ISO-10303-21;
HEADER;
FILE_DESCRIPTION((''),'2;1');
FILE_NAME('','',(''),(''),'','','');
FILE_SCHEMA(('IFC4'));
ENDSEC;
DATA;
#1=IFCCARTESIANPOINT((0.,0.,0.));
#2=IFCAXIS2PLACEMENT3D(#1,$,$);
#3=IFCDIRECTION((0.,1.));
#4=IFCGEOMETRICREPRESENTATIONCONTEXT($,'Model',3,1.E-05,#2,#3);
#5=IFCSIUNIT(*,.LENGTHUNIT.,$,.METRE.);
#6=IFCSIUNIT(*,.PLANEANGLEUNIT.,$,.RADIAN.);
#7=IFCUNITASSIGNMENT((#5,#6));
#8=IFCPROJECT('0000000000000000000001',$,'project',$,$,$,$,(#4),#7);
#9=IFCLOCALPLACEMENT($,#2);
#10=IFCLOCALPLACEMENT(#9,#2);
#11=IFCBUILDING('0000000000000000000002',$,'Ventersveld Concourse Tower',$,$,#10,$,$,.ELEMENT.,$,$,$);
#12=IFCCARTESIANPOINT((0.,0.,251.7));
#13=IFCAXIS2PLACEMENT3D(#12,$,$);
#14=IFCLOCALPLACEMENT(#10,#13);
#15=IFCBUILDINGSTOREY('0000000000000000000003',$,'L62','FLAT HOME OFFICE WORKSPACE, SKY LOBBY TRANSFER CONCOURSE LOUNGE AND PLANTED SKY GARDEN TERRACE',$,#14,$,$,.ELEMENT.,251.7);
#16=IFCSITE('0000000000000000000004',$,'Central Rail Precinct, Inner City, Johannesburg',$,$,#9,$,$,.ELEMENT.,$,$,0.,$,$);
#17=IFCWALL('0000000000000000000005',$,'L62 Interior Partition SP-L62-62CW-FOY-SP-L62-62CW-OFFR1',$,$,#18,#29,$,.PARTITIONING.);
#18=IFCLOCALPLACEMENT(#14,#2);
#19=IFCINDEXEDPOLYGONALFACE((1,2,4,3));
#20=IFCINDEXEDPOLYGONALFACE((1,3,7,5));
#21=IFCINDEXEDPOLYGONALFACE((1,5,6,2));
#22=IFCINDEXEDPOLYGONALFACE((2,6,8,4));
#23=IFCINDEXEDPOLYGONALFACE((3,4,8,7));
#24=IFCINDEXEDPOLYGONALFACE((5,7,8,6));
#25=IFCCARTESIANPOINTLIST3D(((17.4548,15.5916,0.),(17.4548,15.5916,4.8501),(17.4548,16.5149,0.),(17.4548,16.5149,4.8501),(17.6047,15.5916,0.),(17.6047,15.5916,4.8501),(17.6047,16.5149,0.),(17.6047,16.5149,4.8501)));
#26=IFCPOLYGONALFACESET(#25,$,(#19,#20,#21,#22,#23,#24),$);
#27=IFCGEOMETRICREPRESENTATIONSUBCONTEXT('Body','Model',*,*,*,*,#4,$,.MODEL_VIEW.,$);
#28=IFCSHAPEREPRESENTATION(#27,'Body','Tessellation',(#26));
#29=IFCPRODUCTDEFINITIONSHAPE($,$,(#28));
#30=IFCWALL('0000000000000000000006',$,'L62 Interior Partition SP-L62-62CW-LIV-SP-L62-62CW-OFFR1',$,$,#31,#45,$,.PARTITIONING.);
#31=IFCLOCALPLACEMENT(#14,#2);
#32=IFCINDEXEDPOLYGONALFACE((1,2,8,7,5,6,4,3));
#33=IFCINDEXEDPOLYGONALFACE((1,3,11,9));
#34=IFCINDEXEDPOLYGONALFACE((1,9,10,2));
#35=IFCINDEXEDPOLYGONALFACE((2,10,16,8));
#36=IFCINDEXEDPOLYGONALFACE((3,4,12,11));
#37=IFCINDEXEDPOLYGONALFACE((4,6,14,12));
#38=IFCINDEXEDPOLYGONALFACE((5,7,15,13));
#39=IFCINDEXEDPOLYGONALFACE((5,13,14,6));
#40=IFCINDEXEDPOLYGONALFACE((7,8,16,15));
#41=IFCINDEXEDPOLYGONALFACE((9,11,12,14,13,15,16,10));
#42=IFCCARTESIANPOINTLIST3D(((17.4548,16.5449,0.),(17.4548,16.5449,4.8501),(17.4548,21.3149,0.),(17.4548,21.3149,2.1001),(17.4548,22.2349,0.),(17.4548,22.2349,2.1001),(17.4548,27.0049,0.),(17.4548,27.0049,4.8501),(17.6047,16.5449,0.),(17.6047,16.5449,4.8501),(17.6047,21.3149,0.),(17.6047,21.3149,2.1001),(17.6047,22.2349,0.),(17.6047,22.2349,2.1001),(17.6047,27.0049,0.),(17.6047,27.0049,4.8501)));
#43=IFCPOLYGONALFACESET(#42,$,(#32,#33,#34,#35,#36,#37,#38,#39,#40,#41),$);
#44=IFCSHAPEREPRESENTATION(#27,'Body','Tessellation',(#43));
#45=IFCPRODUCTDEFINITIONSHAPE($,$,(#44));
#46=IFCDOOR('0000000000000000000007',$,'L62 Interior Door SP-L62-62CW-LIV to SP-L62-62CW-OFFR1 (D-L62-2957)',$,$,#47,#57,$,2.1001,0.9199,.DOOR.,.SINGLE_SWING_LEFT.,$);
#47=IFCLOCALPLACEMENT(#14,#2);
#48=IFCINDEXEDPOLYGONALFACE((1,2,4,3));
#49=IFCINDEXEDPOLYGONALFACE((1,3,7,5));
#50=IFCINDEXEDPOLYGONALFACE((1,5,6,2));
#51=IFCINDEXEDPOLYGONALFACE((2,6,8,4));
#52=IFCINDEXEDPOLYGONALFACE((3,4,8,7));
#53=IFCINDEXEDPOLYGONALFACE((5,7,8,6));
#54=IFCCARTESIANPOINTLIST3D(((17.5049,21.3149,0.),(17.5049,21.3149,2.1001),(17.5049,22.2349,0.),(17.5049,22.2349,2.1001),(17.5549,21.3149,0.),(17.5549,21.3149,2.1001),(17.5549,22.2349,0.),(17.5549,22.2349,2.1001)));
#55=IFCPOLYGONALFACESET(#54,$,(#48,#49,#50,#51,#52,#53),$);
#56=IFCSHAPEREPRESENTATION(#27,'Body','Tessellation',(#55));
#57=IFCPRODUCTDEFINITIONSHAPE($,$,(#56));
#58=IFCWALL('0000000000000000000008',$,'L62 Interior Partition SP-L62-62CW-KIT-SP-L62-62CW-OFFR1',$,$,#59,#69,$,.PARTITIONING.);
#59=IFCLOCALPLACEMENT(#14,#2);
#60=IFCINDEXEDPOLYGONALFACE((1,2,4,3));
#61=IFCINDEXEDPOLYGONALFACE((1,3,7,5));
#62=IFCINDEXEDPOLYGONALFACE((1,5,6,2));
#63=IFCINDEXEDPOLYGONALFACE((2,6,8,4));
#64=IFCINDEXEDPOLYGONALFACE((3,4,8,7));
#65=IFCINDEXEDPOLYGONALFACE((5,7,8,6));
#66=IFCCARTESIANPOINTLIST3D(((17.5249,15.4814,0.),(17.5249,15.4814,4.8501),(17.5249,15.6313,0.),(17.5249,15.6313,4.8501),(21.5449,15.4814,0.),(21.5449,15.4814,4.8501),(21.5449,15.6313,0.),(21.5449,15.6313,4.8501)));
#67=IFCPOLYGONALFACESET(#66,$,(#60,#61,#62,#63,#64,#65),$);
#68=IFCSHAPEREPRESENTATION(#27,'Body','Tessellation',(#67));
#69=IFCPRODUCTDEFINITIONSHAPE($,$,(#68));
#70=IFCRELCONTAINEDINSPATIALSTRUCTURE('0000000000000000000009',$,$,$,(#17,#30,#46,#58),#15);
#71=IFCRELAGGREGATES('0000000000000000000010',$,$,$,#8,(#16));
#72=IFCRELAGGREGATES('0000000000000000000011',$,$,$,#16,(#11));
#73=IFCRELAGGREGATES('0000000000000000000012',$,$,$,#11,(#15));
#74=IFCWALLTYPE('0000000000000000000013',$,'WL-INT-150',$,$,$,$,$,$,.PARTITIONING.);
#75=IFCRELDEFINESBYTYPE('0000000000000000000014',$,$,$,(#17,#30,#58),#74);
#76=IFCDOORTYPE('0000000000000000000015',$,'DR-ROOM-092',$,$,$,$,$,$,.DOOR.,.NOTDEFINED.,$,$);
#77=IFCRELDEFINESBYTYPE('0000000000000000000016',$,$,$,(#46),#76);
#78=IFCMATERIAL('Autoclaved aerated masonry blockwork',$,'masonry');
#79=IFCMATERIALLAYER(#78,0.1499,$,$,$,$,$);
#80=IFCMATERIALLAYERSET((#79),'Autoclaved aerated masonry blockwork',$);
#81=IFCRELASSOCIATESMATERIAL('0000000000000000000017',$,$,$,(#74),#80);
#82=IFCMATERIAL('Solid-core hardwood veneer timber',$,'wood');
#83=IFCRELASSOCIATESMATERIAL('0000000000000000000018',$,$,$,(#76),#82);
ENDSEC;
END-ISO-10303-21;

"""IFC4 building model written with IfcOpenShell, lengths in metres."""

from ifc_helpers import new_model, si_unit, direction, frame, frame_2d, origin, place, context, subcontext, project, spatial, rectangle, extrude, material, layer, layer_set, type_object, element, fill, save


model = new_model("IFC4")

# Units and contexts
model_context = context("Model", 3, precision=1e-05, world=origin(), true_north=direction((0.0, 1.0)))
body_context = subcontext(model_context, "Body", "Model", "MODEL_VIEW")
ifc_project = project(units=[si_unit("LENGTHUNIT", "METRE"), si_unit("PLANEANGLEUNIT", "RADIAN")], contexts=[model_context])

# Site, building, storey
site_placement = place(None, origin())
site = spatial("IfcSite", under=ifc_project, at=site_placement, Name="Central Rail Precinct, Inner City, Johannesburg", CompositionType="ELEMENT", RefElevation=0.0)
building_placement = place(site_placement, origin())
building = spatial("IfcBuilding", under=site, at=building_placement, Name="Ventersveld Concourse Tower", CompositionType="ELEMENT")
storey_placement = place(building_placement, frame((0.0, 0.0, 251.7)))
storey = spatial("IfcBuildingStorey", under=building, at=storey_placement, Name="L62", Description="FLAT HOME OFFICE WORKSPACE, SKY LOBBY TRANSFER CONCOURSE LOUNGE AND PLANTED SKY GARDEN TERRACE", CompositionType="ELEMENT", Elevation=251.7)

# Shared definitions
ifc_material_1 = material(Name="Solid-core hardwood veneer timber", Category="wood")

# Shared definitions
ifc_material_2 = material(Name="Autoclaved aerated masonry blockwork", Category="masonry")
ifc_layer_1 = layer(ifc_material_2, 0.1499)
ifc_layer_set_1 = layer_set([ifc_layer_1], Name="Autoclaved aerated masonry blockwork")
wall_type_1 = type_object("IfcWallType", Name="WL-INT-150", PredefinedType="PARTITIONING", material=ifc_layer_set_1)
door_type_1 = type_object("IfcDoorType", Name="DR-ROOM-092", OperationType="NOTDEFINED", PredefinedType="DOOR", material=ifc_material_1)

# Wall
wall_1_placement = place(storey_placement, frame((17.5298, 15.5916, 0.0), z_axis=(0.0, 0.0, 1.0), x_axis=(0.0, 1.0, 0.0)))
element("IfcWall", 1, at=wall_1_placement, inside=storey, type_object=wall_type_1, Name="L62 Interior Partition SP-L62-62CW-FOY-SP-L62-62CW-OFFR1", PredefinedType="PARTITIONING", context=body_context, shape_type="SweptSolid", body=[
    extrude(rectangle(XDim=0.9233, YDim=0.1499, at=frame_2d((0.4617, 0.0))), origin(), (0.0, 0.0, 1.0), 4.8501),
])

# Wall, opening, door
wall_2_placement = place(storey_placement, frame((17.5298, 16.5449, 0.0), z_axis=(0.0, 0.0, 1.0), x_axis=(0.0, 1.0, 0.0)))
wall_2 = element("IfcWall", 2, at=wall_2_placement, inside=storey, type_object=wall_type_1, Name="L62 Interior Partition SP-L62-62CW-LIV-SP-L62-62CW-OFFR1", PredefinedType="PARTITIONING", context=body_context, shape_type="SweptSolid", body=[
    extrude(rectangle(XDim=10.46, YDim=0.1499, at=frame_2d((5.23, 0.0))), origin(), (0.0, 0.0, 1.0), 4.8501),
])
opening_1_placement = place(wall_2_placement, frame((4.77, 0.0, 0.0)))
opening_1 = element("IfcOpeningElement", 3, at=opening_1_placement, cuts=wall_2, PredefinedType="OPENING", context=body_context, shape_type="SweptSolid", body=[
    extrude(rectangle(XDim=0.9199, YDim=2.1001, at=frame_2d((0.46, 1.05))), frame((0.0, 0.085, 0.0), z_axis=(0.0, -1.0, 0.0), x_axis=(1.0, 0.0, 0.0)), (0.0, 0.0, 1.0), 0.1699),
])
door_1_placement = place(opening_1_placement, origin())
door_1 = element("IfcDoor", 4, at=door_1_placement, inside=storey, type_object=door_type_1, Name="L62 Interior Door SP-L62-62CW-LIV to SP-L62-62CW-OFFR1 (D-L62-2957)", OperationType="SINGLE_SWING_LEFT", OverallHeight=2.1001, OverallWidth=0.9199, PredefinedType="DOOR", context=body_context, shape_type="SweptSolid", body=[
    extrude(rectangle(XDim=0.9199, YDim=2.1001, at=frame_2d((0.46, 1.05))), frame((0.0, 0.0249, 0.0), z_axis=(0.0, -1.0, 0.0), x_axis=(1.0, 0.0, 0.0)), (0.0, 0.0, 1.0), 0.05),
])
fill(opening_1, door_1)

# Wall
wall_3_placement = place(storey_placement, frame((17.5249, 15.5564, 0.0), z_axis=(0.0, 0.0, 1.0), x_axis=(1.0, 0.0, 0.0)))
element("IfcWall", 5, at=wall_3_placement, inside=storey, type_object=wall_type_1, Name="L62 Interior Partition SP-L62-62CW-KIT-SP-L62-62CW-OFFR1", PredefinedType="PARTITIONING", context=body_context, shape_type="SweptSolid", body=[
    extrude(rectangle(XDim=4.02, YDim=0.1499, at=frame_2d((2.01, 0.0))), origin(), (0.0, 0.0, 1.0), 4.8501),
])

save(model, "model.ifc")
